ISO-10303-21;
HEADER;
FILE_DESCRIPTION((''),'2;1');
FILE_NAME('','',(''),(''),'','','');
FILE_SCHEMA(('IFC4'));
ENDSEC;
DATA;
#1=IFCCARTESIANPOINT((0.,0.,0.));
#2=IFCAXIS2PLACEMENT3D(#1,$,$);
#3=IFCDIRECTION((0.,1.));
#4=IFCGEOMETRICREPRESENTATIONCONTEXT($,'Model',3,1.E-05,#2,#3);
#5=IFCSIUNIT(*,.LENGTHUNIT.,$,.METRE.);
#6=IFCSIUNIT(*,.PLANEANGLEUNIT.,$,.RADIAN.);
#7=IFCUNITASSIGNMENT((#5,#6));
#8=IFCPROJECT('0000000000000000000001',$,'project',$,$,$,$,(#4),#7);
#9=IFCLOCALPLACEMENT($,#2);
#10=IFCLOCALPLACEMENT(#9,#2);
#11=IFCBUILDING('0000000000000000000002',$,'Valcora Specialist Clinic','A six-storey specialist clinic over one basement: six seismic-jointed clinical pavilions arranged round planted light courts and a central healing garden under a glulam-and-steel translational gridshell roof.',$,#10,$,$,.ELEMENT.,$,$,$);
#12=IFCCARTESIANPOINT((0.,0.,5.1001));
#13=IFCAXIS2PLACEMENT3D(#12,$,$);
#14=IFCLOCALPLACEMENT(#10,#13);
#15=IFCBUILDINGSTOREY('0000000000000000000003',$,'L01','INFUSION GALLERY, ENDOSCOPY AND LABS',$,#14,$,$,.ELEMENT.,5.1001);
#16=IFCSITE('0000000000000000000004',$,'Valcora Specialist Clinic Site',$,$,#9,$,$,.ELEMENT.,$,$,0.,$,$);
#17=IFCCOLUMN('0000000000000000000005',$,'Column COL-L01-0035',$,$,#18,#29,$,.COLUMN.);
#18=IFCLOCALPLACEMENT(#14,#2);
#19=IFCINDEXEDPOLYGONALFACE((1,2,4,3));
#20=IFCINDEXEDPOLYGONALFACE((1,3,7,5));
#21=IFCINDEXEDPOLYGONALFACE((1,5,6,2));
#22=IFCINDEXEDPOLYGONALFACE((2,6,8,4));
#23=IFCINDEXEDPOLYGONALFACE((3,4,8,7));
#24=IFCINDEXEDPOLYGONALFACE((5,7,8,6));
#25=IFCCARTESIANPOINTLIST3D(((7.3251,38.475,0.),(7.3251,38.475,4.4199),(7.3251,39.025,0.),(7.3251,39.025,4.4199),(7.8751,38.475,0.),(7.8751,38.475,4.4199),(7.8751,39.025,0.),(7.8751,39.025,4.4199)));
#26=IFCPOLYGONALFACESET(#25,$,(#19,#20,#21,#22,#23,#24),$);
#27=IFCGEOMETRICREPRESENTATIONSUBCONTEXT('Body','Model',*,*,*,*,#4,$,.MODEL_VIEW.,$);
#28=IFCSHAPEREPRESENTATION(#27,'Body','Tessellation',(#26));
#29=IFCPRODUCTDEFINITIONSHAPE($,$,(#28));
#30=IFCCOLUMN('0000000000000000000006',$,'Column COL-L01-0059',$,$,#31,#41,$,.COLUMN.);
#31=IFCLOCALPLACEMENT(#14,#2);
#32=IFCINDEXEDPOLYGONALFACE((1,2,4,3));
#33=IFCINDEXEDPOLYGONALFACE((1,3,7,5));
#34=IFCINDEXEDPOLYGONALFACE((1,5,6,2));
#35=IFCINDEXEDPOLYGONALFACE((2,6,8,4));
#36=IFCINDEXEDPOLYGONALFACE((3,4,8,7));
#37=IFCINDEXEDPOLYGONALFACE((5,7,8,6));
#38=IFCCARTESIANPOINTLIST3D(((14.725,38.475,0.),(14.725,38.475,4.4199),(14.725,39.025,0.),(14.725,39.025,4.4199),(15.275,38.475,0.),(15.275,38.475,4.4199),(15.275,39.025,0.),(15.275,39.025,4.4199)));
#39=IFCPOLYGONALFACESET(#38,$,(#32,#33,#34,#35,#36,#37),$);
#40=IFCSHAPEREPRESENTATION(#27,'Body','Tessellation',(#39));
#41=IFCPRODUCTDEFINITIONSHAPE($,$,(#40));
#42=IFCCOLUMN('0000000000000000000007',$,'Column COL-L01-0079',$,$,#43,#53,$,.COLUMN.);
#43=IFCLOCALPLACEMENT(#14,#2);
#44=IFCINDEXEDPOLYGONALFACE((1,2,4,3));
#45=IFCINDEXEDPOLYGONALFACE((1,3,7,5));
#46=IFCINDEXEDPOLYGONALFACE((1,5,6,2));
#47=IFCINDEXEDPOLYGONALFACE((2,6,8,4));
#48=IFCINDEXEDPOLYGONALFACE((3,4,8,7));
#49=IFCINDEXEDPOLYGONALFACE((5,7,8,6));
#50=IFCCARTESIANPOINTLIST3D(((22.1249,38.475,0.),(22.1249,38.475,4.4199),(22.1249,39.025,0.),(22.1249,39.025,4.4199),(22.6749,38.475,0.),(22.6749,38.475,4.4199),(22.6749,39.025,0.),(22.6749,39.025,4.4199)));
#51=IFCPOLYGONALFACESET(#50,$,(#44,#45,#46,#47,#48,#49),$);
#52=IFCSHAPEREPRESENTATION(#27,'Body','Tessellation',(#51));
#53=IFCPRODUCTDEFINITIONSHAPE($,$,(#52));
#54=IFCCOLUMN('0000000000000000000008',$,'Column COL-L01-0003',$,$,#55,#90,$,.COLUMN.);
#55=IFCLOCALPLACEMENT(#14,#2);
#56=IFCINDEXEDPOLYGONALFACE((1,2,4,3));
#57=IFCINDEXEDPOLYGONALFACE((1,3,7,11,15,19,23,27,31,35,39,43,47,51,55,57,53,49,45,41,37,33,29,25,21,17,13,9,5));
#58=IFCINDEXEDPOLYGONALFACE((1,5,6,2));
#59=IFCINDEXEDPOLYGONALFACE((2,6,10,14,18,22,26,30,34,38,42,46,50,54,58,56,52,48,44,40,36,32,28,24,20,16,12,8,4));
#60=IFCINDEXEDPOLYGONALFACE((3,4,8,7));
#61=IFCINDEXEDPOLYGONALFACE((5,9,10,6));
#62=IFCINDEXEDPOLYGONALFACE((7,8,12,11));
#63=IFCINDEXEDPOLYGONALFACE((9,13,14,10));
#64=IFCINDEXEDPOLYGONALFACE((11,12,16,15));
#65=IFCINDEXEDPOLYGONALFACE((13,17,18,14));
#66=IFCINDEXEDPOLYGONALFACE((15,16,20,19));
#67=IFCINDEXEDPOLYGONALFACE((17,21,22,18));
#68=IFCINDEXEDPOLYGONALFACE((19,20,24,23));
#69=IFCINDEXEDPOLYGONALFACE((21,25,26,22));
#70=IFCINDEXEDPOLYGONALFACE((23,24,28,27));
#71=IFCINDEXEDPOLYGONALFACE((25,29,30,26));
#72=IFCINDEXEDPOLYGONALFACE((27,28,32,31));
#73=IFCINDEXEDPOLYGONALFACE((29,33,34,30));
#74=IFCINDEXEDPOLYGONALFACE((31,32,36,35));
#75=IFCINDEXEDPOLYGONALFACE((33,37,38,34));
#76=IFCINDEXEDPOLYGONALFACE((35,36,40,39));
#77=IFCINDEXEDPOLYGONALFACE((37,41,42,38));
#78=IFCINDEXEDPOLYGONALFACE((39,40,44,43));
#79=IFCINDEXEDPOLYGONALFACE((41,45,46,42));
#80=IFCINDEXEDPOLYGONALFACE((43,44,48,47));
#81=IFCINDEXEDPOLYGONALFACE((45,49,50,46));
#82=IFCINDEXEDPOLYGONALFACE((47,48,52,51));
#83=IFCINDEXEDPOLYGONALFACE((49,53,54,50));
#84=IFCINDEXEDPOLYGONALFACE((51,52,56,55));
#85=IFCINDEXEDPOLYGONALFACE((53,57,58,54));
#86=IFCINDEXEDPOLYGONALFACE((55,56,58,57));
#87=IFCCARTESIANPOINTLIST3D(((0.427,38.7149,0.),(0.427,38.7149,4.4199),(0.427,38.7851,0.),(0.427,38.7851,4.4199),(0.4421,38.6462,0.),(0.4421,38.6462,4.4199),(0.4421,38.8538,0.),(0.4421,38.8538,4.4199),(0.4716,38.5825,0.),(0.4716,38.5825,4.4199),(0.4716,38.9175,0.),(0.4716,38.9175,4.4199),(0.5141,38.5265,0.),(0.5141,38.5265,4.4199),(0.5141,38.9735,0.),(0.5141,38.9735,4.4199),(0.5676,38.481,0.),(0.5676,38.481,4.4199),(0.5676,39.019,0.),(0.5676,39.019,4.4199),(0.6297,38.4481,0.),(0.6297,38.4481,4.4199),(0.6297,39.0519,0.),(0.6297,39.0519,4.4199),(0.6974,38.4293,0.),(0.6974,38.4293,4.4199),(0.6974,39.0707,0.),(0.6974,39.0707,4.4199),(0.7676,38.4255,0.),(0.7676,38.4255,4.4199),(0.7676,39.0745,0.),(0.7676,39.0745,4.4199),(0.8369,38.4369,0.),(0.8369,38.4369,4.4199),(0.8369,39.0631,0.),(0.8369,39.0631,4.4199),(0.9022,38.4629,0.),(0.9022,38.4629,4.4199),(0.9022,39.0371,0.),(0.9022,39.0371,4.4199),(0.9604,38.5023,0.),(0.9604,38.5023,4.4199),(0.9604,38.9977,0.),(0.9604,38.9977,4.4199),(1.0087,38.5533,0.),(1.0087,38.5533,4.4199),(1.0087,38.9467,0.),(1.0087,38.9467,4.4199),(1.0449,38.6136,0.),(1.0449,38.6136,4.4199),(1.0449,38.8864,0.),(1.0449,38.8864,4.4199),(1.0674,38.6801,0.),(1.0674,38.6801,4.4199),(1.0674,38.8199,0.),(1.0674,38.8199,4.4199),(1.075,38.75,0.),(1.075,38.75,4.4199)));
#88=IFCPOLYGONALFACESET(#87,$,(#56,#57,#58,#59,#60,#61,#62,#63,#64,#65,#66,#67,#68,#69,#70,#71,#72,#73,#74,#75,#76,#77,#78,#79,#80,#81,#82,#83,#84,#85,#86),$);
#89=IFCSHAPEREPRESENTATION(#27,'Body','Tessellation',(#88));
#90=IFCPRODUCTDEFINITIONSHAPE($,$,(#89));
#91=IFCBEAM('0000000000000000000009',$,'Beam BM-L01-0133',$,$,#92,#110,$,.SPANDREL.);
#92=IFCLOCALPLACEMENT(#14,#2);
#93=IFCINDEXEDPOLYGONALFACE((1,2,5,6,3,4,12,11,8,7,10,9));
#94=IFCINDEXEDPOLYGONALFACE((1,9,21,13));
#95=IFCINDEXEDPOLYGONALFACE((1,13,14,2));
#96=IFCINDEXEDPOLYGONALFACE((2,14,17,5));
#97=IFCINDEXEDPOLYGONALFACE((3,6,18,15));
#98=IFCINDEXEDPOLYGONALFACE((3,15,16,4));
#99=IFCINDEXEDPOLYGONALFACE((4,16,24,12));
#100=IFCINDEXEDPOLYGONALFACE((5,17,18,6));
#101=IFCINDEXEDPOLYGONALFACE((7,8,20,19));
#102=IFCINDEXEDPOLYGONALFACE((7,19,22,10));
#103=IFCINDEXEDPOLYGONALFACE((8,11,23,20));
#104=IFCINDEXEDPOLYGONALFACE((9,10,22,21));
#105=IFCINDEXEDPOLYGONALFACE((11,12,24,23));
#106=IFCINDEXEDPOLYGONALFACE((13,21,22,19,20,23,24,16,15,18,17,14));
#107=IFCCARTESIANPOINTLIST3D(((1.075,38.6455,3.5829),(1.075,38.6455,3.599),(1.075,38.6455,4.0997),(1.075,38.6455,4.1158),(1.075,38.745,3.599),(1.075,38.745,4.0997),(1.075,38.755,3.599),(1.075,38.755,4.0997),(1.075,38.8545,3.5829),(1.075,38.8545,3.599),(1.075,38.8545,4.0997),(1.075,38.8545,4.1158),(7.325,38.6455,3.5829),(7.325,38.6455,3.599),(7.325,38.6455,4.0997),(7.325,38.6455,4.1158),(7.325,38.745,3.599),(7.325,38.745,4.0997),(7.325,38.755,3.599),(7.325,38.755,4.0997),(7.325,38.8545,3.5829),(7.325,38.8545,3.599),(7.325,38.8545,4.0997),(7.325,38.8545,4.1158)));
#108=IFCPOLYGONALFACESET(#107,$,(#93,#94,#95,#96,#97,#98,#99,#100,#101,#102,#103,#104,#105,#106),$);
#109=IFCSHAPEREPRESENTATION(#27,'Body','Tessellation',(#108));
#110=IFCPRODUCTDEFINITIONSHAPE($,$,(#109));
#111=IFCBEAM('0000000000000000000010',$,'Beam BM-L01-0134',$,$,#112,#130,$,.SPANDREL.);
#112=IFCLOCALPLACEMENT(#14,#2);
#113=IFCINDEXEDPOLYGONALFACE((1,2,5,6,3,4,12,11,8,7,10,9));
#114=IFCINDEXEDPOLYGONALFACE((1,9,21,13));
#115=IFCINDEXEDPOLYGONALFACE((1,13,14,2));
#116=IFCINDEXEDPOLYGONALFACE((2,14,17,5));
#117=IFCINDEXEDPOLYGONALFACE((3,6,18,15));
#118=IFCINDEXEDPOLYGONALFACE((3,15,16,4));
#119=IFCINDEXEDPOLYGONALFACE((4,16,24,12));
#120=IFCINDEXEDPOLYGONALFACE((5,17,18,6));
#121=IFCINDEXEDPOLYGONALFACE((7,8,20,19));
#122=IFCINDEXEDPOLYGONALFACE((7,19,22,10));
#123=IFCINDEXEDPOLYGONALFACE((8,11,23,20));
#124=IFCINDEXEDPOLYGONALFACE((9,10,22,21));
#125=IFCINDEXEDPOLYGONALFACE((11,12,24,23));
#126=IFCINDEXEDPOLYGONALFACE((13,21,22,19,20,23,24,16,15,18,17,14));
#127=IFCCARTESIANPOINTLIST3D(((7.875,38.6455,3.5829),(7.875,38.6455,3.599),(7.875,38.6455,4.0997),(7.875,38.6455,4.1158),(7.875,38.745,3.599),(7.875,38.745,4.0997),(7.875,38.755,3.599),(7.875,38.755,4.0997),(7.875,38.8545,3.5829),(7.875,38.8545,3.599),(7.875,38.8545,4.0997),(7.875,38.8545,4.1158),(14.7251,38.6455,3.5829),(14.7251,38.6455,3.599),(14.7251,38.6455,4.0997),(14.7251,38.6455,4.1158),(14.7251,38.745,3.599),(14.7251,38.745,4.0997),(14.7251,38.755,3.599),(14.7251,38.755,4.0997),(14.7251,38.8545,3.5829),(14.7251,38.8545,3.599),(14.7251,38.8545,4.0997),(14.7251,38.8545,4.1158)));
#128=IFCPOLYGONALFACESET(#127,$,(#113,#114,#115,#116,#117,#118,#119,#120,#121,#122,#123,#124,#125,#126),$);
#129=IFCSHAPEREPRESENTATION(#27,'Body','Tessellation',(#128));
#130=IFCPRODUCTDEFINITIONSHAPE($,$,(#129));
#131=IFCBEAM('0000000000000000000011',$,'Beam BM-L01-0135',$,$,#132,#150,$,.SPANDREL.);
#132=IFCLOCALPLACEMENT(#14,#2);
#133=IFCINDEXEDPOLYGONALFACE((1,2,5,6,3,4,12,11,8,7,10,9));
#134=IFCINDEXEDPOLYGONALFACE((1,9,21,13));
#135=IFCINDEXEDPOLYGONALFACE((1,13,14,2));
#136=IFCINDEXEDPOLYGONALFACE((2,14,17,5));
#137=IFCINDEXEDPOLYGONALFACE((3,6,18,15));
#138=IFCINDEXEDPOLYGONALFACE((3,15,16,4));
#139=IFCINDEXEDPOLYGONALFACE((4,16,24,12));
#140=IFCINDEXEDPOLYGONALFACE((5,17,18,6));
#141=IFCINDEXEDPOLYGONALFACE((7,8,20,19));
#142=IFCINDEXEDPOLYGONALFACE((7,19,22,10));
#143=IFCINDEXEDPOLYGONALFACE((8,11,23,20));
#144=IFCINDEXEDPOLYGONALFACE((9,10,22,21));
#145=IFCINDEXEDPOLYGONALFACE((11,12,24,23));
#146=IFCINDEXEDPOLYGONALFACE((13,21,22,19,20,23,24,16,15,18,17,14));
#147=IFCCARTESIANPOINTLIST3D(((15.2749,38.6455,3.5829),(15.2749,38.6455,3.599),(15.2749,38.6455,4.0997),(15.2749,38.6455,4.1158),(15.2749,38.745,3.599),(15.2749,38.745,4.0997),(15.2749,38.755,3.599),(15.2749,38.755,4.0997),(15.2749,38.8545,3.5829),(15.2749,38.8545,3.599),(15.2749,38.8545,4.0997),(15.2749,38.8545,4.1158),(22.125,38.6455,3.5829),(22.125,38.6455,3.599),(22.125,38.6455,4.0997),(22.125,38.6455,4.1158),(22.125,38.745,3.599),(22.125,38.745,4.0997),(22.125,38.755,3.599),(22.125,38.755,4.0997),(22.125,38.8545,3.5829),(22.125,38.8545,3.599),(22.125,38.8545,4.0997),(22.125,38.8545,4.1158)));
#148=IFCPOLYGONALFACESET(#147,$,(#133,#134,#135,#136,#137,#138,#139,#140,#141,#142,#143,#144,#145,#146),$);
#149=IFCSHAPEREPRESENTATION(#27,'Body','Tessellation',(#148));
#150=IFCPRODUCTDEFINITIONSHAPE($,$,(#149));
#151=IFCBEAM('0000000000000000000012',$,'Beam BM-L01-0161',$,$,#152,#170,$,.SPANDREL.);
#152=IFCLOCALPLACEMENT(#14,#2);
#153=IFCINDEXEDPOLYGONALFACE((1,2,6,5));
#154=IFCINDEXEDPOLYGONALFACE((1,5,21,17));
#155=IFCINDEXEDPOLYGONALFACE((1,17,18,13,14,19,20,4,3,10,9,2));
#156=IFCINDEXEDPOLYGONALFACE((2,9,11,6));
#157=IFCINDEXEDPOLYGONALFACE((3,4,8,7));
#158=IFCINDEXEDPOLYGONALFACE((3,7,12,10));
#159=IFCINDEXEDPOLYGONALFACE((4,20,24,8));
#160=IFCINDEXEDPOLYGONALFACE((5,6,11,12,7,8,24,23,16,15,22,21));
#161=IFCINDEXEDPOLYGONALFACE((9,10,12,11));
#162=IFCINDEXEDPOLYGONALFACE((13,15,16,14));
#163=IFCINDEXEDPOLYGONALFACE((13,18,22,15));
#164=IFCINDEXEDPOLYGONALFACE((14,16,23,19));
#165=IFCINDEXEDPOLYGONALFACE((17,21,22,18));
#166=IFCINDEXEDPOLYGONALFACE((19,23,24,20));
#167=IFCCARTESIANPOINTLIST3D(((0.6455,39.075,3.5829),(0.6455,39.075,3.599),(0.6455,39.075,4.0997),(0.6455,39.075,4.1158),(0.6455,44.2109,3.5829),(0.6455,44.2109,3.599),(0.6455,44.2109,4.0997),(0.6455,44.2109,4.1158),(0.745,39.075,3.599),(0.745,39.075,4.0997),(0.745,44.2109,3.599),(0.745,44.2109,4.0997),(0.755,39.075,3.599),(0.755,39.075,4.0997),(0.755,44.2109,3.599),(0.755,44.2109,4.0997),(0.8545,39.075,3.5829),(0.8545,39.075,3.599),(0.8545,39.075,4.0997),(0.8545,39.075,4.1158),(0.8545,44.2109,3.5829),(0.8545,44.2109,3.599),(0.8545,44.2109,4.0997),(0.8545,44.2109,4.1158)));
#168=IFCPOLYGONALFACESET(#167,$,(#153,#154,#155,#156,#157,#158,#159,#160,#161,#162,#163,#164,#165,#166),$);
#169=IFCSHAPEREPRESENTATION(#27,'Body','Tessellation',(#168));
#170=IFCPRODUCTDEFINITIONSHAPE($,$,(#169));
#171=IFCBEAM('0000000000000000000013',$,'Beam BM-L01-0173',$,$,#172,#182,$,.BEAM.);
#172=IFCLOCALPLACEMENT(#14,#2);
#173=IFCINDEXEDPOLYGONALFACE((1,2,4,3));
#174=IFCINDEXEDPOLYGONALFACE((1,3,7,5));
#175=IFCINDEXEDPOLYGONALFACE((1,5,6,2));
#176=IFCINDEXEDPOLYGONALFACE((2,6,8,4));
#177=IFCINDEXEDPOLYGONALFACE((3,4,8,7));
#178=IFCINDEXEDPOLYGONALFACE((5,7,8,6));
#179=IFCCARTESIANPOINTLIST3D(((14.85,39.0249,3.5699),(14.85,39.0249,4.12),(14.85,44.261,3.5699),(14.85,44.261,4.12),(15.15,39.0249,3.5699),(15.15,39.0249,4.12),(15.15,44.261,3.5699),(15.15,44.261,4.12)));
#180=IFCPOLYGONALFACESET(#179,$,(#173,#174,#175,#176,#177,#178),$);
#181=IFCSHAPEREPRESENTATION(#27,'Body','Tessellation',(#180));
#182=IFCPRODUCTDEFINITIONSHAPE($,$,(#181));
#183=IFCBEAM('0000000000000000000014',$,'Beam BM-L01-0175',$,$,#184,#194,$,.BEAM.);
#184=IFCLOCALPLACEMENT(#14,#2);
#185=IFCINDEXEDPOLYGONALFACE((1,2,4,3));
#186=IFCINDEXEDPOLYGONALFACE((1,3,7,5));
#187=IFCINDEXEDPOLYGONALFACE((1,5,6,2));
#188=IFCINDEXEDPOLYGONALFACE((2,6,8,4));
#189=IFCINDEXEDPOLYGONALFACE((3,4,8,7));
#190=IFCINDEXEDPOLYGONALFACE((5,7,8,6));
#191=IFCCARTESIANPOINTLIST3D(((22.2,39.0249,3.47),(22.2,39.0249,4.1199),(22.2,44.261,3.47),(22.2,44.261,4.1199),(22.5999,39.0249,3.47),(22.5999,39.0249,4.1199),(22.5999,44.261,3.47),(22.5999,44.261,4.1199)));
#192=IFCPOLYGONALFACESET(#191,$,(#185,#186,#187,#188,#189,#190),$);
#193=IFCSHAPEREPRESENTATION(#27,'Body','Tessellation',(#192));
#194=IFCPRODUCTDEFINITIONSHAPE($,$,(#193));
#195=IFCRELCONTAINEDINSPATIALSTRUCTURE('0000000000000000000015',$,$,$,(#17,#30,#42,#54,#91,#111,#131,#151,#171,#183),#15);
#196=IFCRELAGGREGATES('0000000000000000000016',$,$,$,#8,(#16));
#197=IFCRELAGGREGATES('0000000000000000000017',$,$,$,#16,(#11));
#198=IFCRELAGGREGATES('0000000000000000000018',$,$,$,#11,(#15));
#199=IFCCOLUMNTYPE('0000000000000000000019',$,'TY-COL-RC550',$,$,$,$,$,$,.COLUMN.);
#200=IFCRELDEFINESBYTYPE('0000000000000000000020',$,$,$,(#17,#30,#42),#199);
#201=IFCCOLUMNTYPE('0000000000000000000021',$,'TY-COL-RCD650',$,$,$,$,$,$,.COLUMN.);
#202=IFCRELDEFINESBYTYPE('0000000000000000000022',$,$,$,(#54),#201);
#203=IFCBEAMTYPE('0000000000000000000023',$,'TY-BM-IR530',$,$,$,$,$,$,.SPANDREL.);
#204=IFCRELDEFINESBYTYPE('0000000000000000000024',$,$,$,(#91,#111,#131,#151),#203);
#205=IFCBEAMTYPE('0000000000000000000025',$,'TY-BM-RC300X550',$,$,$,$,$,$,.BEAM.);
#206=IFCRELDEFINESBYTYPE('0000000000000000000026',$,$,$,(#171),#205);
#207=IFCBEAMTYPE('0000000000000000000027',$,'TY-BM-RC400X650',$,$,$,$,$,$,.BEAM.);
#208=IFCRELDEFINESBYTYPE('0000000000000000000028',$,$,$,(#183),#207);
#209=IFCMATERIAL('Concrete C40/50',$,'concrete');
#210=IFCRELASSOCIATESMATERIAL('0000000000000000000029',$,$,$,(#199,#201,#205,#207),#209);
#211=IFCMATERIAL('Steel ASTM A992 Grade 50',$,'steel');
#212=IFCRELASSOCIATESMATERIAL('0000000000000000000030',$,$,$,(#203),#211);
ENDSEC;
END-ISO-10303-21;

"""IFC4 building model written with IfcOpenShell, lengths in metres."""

from ifc_helpers import new_model, si_unit, direction, frame, origin, origin_2d, place, context, subcontext, project, spatial, rectangle, circle, i_section, extrude, material, material_profile, profile_set, type_object, element, save


model = new_model("IFC4")

# Units and contexts
model_context = context("Model", 3, precision=1e-05, world=origin(), true_north=direction((0.0, 1.0)))
body_context = subcontext(model_context, "Body", "Model", "MODEL_VIEW")
ifc_project = project(units=[si_unit("LENGTHUNIT", "METRE"), si_unit("PLANEANGLEUNIT", "RADIAN")], contexts=[model_context])

# Site, building, storey
site_placement = place(None, origin())
site = spatial("IfcSite", under=ifc_project, at=site_placement, Name="Valcora Specialist Clinic Site", CompositionType="ELEMENT", RefElevation=0.0)
building_placement = place(site_placement, origin())
building = spatial("IfcBuilding", under=site, at=building_placement, Name="Valcora Specialist Clinic", Description="A six-storey specialist clinic over one basement: six seismic-jointed clinical pavilions arranged round planted light courts and a central healing garden under a glulam-and-steel translational gridshell roof.", CompositionType="ELEMENT")
storey_placement = place(building_placement, frame((0.0, 0.0, 5.1001)))
storey = spatial("IfcBuildingStorey", under=building, at=storey_placement, Name="L01", Description="INFUSION GALLERY, ENDOSCOPY AND LABS", CompositionType="ELEMENT", Elevation=5.1001)

# Columns
ifc_material_1 = material(Name="Concrete C40/50", Category="concrete")
ifc_material_profile_1 = material_profile(ifc_material_1, rectangle(XDim=0.55, YDim=0.55, at=origin_2d()), Name="RC-COL-550X550")
ifc_profile_set_1 = profile_set([ifc_material_profile_1], Name="Concrete C40/50")
column_type_1 = type_object("IfcColumnType", Name="TY-COL-RC550", PredefinedType="COLUMN", material=ifc_profile_set_1)
for number, where, z_axis, x_axis, name in (
    (1, (7.6001, 38.75, 0.0), (0.0, 0.0, 1.0), (1.0, 0.0, 0.0), "Column COL-L01-0035"),
    (2, (15.0, 38.75, 0.0), (0.0, 0.0, 1.0), (1.0, 0.0, 0.0), "Column COL-L01-0059"),
    (3, (22.3999, 38.75, 0.0), (0.0, 0.0, 1.0), (1.0, 0.0, 0.0), "Column COL-L01-0079"),
):
    element("IfcColumn", number, at=place(storey_placement, frame(where, z_axis=z_axis, x_axis=x_axis)), inside=storey, type_object=column_type_1, Name=name, PredefinedType="COLUMN", context=body_context, shape_type="SweptSolid", body=[
        extrude(rectangle(XDim=0.55, YDim=0.55, at=origin_2d()), origin(), (0.0, 0.0, 1.0), 4.4199),
    ])
ifc_material_profile_2 = material_profile(ifc_material_1, circle(Radius=0.325, at=origin_2d()), Name="RC-COL-D650")
ifc_profile_set_2 = profile_set([ifc_material_profile_2], Name="Concrete C40/50")
column_type_2 = type_object("IfcColumnType", Name="TY-COL-RCD650", PredefinedType="COLUMN", material=ifc_profile_set_2)
column_placement = place(storey_placement, frame((0.75, 38.75, 0.0), z_axis=(0.0, 0.0, 1.0), x_axis=(1.0, 0.0, 0.0)))
element("IfcColumn", 4, at=column_placement, inside=storey, type_object=column_type_2, Name="Column COL-L01-0003", PredefinedType="COLUMN", context=body_context, shape_type="SweptSolid", body=[
    extrude(circle(Radius=0.325, at=origin_2d()), origin(), (0.0, 0.0, 1.0), 4.4199),
])

# Beams
ifc_material_2 = material(Name="Steel ASTM A992 Grade 50", Category="steel")
ifc_material_profile_3 = material_profile(ifc_material_2, i_section(OverallWidth=0.209, OverallDepth=0.533, WebThickness=0.01, FlangeThickness=0.0161, at=origin_2d()), Name="ST-IR-530X210")
ifc_profile_set_3 = profile_set([ifc_material_profile_3], Name="Steel ASTM A992 Grade 50")
beam_type_1 = type_object("IfcBeamType", Name="TY-BM-IR530", PredefinedType="SPANDREL", material=ifc_profile_set_3)
beam_1_placement = place(storey_placement, frame((1.075, 38.75, 3.8494), z_axis=(1.0, 0.0, 0.0), x_axis=(0.0, 1.0, 0.0)))
element("IfcBeam", 5, at=beam_1_placement, inside=storey, type_object=beam_type_1, Name="Beam BM-L01-0133", PredefinedType="SPANDREL", context=body_context, shape_type="SweptSolid", body=[
    extrude(i_section(OverallWidth=0.209, OverallDepth=0.533, WebThickness=0.01, FlangeThickness=0.0161, at=origin_2d()), origin(), (0.0, 0.0, 1.0), 6.25),
])
for number, where, z_axis, x_axis, name in (
    (6, (7.875, 38.75, 3.8494), (1.0, 0.0, 0.0), (0.0, 1.0, 0.0), "Beam BM-L01-0134"),
    (7, (15.2749, 38.75, 3.8494), (1.0, 0.0, 0.0), (0.0, 1.0, 0.0), "Beam BM-L01-0135"),
):
    element("IfcBeam", number, at=place(storey_placement, frame(where, z_axis=z_axis, x_axis=x_axis)), inside=storey, type_object=beam_type_1, Name=name, PredefinedType="SPANDREL", context=body_context, shape_type="SweptSolid", body=[
        extrude(i_section(OverallWidth=0.209, OverallDepth=0.533, WebThickness=0.01, FlangeThickness=0.0161, at=origin_2d()), origin(), (0.0, 0.0, 1.0), 6.8501),
    ])
beam_2_placement = place(storey_placement, frame((0.75, 39.075, 3.8494), z_axis=(0.0, 1.0, 0.0), x_axis=(-1.0, 0.0, 0.0)))
element("IfcBeam", 8, at=beam_2_placement, inside=storey, type_object=beam_type_1, Name="Beam BM-L01-0161", PredefinedType="SPANDREL", context=body_context, shape_type="SweptSolid", body=[
    extrude(i_section(OverallWidth=0.209, OverallDepth=0.533, WebThickness=0.01, FlangeThickness=0.0161, at=origin_2d()), origin(), (0.0, 0.0, 1.0), 5.136),
])
ifc_material_profile_4 = material_profile(ifc_material_1, rectangle(XDim=0.3, YDim=0.55, at=origin_2d()), Name="RC-BM-300X550")
ifc_profile_set_4 = profile_set([ifc_material_profile_4], Name="Concrete C40/50")
beam_type_2 = type_object("IfcBeamType", Name="TY-BM-RC300X550", PredefinedType="BEAM", material=ifc_profile_set_4)
beam_3_placement = place(storey_placement, frame((15.0, 39.0249, 3.845), z_axis=(0.0, 1.0, 0.0), x_axis=(-1.0, 0.0, 0.0)))
element("IfcBeam", 9, at=beam_3_placement, inside=storey, type_object=beam_type_2, Name="Beam BM-L01-0173", PredefinedType="BEAM", context=body_context, shape_type="SweptSolid", body=[
    extrude(rectangle(XDim=0.3, YDim=0.55, at=origin_2d()), origin(), (0.0, 0.0, 1.0), 5.2361),
])
ifc_material_profile_5 = material_profile(ifc_material_1, rectangle(XDim=0.3999, YDim=0.6499, at=origin_2d()), Name="RC-BM-400X650")
ifc_profile_set_5 = profile_set([ifc_material_profile_5], Name="Concrete C40/50")
beam_type_3 = type_object("IfcBeamType", Name="TY-BM-RC400X650", PredefinedType="BEAM", material=ifc_profile_set_5)
beam_4_placement = place(storey_placement, frame((22.3999, 39.0249, 3.7949), z_axis=(0.0, 1.0, 0.0), x_axis=(-1.0, 0.0, 0.0)))
element("IfcBeam", 10, at=beam_4_placement, inside=storey, type_object=beam_type_3, Name="Beam BM-L01-0175", PredefinedType="BEAM", context=body_context, shape_type="SweptSolid", body=[
    extrude(rectangle(XDim=0.3999, YDim=0.6499, at=origin_2d()), origin(), (0.0, 0.0, 1.0), 5.2361),
])

save(model, "model.ifc")
